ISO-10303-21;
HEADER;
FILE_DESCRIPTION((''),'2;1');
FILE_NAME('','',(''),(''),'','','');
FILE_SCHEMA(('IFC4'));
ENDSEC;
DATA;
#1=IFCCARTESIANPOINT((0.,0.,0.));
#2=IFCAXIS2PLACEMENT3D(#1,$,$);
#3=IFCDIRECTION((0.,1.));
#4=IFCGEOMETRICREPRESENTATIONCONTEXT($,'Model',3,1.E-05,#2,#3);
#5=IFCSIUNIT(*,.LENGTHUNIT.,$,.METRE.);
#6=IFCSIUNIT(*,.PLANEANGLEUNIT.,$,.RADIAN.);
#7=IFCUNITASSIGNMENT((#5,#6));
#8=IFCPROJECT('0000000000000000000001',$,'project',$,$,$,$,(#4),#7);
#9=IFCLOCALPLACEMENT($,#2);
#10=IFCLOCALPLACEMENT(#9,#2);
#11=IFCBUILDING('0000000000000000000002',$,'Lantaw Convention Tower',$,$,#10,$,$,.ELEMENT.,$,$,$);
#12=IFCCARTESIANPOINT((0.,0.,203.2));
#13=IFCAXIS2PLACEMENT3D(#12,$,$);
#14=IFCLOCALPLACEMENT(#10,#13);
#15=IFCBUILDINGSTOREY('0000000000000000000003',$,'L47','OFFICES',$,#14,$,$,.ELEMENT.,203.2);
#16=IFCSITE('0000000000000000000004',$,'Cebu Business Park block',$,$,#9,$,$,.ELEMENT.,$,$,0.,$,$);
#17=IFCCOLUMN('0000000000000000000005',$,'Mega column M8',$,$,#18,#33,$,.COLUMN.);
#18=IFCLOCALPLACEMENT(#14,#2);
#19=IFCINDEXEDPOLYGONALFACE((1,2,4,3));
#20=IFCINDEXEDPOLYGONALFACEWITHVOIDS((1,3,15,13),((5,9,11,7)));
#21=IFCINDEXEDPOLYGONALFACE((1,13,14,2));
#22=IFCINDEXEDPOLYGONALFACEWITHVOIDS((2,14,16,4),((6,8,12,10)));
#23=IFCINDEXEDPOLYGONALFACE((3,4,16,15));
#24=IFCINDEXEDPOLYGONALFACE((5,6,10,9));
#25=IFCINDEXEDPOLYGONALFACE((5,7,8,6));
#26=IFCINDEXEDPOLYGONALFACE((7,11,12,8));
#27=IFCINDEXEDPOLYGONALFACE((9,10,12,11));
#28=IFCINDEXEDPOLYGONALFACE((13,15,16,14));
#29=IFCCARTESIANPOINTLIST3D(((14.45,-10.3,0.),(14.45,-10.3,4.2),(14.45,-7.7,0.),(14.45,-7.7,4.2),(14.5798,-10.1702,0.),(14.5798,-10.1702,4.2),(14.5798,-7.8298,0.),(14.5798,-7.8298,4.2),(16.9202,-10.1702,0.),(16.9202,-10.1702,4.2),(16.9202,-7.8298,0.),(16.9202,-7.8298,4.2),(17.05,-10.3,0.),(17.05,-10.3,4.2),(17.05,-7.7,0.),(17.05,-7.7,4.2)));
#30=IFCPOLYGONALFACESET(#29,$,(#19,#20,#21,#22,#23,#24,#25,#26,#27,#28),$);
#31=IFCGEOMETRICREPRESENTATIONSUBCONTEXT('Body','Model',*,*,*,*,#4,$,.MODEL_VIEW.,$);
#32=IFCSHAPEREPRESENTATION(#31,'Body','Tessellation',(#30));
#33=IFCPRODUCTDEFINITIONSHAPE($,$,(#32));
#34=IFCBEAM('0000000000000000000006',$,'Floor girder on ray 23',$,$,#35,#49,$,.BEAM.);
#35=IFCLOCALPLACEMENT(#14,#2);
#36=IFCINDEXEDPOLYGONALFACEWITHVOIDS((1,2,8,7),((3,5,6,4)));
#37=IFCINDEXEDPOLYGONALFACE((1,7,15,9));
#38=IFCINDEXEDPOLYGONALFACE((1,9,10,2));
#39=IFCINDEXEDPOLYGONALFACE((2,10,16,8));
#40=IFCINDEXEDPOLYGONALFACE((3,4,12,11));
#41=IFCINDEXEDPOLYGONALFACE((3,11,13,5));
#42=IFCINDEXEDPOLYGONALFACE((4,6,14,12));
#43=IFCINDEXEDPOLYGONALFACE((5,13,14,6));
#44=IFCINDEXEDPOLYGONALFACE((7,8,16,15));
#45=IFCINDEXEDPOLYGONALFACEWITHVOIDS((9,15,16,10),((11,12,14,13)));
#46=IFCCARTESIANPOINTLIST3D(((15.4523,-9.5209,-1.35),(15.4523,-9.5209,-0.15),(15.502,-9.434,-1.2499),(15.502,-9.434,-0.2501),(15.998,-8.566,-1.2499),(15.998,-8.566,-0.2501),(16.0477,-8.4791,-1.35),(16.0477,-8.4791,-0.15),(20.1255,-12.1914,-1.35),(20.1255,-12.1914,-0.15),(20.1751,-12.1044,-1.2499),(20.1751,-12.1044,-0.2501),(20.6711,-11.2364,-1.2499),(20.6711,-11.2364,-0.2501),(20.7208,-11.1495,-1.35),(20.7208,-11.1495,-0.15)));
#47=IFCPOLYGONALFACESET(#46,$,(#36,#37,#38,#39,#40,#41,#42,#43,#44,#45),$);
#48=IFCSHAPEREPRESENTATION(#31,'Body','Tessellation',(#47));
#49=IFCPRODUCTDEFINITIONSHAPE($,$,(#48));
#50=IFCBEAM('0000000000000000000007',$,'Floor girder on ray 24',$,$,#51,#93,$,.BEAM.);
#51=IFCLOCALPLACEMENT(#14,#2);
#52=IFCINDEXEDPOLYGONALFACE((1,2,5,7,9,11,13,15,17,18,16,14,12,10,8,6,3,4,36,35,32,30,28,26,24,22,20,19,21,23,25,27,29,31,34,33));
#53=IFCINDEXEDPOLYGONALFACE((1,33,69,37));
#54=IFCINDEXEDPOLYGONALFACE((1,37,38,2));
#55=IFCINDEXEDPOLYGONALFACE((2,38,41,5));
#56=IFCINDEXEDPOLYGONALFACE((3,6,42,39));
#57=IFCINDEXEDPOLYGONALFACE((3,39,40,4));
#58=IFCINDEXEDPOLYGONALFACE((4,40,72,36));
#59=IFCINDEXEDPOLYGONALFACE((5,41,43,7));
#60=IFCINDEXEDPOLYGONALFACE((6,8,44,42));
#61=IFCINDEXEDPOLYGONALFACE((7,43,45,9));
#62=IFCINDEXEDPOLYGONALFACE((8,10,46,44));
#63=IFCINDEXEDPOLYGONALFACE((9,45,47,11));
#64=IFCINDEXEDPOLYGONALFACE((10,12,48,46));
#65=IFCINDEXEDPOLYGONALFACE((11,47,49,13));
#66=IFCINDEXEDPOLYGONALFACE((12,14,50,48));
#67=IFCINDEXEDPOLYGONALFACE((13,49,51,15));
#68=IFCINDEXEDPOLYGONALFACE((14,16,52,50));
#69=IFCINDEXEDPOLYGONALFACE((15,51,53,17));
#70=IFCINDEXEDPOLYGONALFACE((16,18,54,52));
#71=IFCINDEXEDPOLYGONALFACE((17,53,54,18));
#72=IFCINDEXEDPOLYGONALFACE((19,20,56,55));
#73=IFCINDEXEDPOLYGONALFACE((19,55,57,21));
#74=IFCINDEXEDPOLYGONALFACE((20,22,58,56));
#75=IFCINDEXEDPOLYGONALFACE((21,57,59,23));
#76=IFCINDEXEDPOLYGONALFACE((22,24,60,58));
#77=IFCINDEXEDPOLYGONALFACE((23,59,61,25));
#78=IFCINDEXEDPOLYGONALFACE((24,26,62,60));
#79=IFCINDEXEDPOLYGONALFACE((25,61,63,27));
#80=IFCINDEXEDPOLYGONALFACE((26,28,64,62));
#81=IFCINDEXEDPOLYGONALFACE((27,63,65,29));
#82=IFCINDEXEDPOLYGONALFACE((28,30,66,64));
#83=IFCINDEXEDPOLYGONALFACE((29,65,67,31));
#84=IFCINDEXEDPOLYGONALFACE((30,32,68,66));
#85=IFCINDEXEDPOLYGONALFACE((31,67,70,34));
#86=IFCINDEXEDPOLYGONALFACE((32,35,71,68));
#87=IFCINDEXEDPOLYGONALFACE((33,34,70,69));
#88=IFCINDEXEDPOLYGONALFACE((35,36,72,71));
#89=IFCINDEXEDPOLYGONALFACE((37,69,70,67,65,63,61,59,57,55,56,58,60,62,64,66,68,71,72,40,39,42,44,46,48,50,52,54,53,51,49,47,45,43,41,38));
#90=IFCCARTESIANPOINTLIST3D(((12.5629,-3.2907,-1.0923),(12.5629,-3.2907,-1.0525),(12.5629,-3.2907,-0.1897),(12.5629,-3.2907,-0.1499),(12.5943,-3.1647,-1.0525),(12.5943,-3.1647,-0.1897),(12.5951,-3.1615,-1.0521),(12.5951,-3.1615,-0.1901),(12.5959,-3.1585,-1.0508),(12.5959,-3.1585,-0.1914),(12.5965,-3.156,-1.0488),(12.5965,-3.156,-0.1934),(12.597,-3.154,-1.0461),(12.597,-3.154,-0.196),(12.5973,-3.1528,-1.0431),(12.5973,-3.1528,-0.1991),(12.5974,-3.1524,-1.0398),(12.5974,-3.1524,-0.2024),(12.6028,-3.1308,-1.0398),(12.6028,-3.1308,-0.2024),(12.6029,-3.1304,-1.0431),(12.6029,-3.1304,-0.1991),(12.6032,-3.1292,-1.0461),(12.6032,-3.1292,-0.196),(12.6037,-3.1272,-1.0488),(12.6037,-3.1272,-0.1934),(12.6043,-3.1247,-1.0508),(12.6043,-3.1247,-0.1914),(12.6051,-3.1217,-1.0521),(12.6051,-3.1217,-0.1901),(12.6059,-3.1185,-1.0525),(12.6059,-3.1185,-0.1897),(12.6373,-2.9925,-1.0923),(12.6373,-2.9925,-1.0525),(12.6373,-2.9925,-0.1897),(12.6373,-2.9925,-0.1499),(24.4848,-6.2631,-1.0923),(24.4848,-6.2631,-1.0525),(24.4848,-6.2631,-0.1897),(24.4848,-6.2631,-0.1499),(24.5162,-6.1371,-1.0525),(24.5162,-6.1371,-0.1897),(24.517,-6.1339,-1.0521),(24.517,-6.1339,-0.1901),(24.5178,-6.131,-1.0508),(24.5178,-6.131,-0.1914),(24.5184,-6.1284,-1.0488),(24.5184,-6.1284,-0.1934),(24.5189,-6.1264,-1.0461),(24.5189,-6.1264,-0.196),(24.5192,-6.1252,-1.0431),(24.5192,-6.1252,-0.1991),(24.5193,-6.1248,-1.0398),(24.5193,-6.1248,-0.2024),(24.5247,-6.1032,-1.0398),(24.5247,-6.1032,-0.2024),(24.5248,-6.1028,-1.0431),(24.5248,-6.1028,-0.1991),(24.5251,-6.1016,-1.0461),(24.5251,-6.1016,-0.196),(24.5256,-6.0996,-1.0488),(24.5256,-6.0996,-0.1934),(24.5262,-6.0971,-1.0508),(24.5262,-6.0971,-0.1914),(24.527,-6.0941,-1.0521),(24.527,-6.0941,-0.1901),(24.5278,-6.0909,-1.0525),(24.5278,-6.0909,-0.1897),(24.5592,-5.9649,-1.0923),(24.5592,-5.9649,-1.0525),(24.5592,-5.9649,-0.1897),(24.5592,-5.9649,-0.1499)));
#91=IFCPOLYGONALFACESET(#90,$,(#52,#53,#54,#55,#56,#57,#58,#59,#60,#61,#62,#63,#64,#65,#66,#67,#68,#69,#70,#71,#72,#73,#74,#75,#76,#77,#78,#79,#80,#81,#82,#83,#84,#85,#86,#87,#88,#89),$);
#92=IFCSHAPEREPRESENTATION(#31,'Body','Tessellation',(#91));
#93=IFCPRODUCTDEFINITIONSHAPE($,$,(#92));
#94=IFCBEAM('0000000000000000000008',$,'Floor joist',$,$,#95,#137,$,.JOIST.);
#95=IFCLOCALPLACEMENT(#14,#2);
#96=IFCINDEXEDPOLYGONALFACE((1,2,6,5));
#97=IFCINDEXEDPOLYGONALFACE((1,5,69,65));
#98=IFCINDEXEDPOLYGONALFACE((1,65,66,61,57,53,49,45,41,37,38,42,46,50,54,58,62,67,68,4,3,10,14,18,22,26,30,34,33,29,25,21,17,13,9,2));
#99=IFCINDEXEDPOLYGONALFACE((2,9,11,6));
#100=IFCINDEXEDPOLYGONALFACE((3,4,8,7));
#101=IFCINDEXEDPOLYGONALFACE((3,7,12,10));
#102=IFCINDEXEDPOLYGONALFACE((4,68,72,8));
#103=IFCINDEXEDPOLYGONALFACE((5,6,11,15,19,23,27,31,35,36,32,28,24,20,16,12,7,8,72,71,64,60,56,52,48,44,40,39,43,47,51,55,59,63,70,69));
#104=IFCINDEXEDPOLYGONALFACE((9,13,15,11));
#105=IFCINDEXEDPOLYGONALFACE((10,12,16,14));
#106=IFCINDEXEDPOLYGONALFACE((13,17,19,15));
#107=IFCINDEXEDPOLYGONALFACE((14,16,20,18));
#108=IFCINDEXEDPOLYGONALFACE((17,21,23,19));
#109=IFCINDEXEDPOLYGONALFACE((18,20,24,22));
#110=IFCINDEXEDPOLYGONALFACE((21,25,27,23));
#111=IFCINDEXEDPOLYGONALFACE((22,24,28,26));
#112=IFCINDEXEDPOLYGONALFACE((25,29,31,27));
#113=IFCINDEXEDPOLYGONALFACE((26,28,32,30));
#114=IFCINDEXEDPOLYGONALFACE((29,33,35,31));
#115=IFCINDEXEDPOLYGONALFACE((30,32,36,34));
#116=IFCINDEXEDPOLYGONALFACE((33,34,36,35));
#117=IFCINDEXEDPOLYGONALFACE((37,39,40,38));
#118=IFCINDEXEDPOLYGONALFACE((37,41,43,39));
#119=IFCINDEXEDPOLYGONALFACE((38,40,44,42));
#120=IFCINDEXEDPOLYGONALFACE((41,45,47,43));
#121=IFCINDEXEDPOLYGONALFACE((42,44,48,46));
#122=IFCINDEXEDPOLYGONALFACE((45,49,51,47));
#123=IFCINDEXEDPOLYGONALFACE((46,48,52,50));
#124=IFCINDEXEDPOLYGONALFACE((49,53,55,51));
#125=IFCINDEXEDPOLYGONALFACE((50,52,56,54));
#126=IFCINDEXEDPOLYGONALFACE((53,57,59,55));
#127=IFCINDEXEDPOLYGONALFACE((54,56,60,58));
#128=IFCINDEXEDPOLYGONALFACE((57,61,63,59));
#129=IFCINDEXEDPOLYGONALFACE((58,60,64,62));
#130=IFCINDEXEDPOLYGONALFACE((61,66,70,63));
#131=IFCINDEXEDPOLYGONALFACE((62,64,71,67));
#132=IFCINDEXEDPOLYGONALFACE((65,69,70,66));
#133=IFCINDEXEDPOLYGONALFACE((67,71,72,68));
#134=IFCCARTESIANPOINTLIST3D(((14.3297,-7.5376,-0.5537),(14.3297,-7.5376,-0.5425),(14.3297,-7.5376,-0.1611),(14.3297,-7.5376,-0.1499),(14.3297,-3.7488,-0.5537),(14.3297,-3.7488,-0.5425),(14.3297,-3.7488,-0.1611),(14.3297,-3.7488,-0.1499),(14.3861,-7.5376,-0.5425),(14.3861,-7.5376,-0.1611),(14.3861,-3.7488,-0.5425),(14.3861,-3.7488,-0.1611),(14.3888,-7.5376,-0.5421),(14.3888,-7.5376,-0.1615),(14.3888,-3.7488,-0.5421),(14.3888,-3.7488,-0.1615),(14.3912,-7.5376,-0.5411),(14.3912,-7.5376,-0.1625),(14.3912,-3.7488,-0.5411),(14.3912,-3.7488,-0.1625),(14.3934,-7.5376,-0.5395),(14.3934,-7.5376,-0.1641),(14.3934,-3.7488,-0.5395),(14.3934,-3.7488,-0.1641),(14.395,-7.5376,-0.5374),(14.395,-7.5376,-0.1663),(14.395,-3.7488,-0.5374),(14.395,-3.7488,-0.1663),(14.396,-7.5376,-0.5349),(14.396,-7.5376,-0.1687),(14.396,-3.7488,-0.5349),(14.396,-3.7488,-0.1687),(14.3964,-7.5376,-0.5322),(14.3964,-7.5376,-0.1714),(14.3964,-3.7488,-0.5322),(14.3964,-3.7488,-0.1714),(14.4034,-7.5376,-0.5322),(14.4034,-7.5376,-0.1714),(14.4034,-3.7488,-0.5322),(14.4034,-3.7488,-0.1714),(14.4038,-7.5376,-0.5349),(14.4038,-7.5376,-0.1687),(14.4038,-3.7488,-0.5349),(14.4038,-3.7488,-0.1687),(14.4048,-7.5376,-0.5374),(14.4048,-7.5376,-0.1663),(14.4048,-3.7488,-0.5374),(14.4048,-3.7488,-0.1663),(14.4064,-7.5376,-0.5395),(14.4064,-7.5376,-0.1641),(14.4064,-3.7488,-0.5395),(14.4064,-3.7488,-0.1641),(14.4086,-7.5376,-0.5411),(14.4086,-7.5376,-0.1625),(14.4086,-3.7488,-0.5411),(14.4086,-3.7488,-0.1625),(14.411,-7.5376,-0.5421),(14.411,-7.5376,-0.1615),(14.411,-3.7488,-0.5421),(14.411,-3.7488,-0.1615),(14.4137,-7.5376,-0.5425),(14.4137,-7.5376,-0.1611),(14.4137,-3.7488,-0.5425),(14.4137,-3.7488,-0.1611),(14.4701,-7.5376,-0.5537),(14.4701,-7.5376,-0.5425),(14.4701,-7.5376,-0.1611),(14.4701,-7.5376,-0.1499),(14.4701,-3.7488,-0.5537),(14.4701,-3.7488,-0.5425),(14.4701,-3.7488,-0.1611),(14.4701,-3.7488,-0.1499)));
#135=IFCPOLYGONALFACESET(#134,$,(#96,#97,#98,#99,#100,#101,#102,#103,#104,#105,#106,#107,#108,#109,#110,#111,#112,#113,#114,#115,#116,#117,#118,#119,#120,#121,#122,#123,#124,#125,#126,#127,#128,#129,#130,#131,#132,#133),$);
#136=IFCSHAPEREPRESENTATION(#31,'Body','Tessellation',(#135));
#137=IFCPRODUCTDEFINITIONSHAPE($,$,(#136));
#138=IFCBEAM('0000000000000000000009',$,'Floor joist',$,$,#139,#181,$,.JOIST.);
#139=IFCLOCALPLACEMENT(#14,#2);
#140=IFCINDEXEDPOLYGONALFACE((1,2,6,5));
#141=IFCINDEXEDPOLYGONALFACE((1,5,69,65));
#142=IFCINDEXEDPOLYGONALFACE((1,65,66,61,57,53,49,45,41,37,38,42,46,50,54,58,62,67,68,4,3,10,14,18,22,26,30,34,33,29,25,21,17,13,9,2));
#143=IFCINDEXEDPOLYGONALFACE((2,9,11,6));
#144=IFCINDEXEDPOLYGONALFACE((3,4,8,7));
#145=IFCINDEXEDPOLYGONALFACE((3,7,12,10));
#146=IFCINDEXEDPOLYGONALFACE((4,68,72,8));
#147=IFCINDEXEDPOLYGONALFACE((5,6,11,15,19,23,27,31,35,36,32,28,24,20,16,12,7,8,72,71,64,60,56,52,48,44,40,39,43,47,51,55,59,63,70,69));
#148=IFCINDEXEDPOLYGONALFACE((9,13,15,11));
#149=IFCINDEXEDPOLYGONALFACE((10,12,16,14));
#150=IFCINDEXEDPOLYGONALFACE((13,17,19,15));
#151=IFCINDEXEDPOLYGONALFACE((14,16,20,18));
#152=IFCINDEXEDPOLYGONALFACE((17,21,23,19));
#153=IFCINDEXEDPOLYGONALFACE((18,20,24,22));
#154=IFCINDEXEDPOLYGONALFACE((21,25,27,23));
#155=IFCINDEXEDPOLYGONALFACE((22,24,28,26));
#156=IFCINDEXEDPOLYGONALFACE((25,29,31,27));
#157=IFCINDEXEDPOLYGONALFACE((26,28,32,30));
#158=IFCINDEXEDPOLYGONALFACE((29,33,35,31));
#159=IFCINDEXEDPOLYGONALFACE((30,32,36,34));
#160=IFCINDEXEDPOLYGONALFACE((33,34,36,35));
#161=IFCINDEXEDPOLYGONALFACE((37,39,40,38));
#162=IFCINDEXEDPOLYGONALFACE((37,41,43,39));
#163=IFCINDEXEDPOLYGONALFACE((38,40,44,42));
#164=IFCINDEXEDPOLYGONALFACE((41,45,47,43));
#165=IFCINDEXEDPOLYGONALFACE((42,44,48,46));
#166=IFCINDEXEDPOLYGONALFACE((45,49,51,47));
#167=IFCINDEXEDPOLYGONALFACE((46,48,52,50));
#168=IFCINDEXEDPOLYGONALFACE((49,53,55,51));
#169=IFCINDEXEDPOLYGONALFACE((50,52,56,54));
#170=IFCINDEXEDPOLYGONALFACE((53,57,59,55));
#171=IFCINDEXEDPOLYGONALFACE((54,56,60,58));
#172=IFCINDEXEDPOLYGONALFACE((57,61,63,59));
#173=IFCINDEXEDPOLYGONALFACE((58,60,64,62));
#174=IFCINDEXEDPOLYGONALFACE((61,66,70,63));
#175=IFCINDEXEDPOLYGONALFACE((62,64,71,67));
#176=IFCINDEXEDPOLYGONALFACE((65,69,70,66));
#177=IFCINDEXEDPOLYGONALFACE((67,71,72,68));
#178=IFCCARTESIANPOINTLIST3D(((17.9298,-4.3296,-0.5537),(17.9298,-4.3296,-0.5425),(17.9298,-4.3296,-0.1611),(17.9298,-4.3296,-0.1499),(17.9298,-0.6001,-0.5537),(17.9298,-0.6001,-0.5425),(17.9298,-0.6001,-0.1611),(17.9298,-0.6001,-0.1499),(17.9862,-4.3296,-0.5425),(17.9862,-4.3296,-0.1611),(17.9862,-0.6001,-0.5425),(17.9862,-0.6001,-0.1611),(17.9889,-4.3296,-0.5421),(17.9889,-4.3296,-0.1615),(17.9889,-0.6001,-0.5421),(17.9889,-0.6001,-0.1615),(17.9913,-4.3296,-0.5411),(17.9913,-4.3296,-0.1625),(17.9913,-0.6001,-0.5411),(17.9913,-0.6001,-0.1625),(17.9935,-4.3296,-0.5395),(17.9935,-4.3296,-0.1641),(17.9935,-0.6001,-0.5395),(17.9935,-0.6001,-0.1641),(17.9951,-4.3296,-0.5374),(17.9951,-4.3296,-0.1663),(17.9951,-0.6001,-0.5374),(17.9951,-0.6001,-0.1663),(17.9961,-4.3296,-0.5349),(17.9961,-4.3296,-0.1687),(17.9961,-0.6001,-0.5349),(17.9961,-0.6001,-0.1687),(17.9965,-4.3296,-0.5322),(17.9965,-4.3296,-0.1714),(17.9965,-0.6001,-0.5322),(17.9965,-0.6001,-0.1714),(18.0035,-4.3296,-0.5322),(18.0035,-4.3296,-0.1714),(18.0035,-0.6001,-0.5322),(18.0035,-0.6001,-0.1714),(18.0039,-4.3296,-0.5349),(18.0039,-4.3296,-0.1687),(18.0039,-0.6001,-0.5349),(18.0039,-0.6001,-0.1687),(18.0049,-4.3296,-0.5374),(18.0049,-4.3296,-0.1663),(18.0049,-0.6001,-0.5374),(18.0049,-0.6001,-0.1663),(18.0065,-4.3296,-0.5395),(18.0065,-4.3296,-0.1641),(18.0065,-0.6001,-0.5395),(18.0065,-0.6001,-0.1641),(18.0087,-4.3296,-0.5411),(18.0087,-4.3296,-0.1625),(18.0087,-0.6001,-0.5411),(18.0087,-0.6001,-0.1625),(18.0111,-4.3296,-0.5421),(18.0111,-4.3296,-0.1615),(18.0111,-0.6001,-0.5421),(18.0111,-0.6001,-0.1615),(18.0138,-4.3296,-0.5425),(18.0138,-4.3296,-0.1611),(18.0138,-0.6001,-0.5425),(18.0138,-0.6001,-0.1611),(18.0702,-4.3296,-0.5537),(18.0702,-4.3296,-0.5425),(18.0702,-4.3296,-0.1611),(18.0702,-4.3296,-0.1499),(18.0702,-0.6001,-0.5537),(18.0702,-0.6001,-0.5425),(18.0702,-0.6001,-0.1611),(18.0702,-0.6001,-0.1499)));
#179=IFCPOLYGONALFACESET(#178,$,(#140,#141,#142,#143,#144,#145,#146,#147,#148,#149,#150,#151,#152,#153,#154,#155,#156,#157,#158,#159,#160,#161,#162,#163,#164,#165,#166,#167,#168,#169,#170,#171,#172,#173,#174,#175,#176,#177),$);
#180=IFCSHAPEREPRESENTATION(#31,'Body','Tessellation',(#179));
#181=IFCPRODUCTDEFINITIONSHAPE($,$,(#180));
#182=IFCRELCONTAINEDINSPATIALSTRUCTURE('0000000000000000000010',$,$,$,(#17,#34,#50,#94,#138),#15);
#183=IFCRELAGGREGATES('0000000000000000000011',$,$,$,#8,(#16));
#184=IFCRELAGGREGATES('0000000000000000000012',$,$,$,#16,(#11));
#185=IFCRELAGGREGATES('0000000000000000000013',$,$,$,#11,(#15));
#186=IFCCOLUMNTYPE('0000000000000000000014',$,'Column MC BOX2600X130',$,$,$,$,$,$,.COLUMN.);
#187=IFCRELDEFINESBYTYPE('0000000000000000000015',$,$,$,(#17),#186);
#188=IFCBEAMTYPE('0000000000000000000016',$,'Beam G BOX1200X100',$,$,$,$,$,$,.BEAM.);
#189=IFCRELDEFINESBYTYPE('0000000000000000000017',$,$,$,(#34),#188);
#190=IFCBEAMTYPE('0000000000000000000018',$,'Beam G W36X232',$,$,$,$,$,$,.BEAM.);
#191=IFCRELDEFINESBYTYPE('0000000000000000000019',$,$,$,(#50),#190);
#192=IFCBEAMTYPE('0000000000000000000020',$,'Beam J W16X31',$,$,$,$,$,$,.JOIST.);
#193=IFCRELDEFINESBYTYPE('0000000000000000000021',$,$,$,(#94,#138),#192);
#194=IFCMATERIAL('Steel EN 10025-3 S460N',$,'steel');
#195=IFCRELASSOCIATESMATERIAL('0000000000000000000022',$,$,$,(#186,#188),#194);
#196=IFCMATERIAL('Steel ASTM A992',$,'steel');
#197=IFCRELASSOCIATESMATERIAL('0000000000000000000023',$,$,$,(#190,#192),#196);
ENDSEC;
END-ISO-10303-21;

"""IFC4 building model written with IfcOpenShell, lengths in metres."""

from ifc_helpers import new_model, si_unit, direction, frame, origin, origin_2d, place, context, subcontext, project, spatial, rectangle, hollow_rectangle, i_section, extrude, material, material_profile, profile_set, type_object, element, save


model = new_model("IFC4")

# Units and contexts
model_context = context("Model", 3, precision=1e-05, world=origin(), true_north=direction((0.0, 1.0)))
body_context = subcontext(model_context, "Body", "Model", "MODEL_VIEW")
ifc_project = project(units=[si_unit("LENGTHUNIT", "METRE"), si_unit("PLANEANGLEUNIT", "RADIAN")], contexts=[model_context])

# Site, building, storey
site_placement = place(None, origin())
site = spatial("IfcSite", under=ifc_project, at=site_placement, Name="Cebu Business Park block", CompositionType="ELEMENT", RefElevation=0.0)
building_placement = place(site_placement, origin())
building = spatial("IfcBuilding", under=site, at=building_placement, Name="Lantaw Convention Tower", CompositionType="ELEMENT")
storey_placement = place(building_placement, frame((0.0, 0.0, 203.2)))
storey = spatial("IfcBuildingStorey", under=building, at=storey_placement, Name="L47", Description="OFFICES", CompositionType="ELEMENT", Elevation=203.2)

# Column
ifc_material_1 = material(Name="Steel EN 10025-3 S460N", Category="steel")
ifc_material_profile_1 = material_profile(ifc_material_1, hollow_rectangle(XDim=2.6001, YDim=2.6001, WallThickness=0.1299, at=origin_2d()), Name="BOX2600X130")
ifc_material_2 = material(Name="Concrete C60/75", Category="concrete")
ifc_material_profile_2 = material_profile(ifc_material_2, rectangle(XDim=2.3401, YDim=2.3401, at=origin_2d()), Name="Concrete fill of BOX2600X130")
ifc_profile_set_1 = profile_set([ifc_material_profile_1, ifc_material_profile_2], Name="Steel EN 10025-3 S460N")
column_type = type_object("IfcColumnType", Name="Column MC BOX2600X130", PredefinedType="COLUMN", material=ifc_profile_set_1)
column_placement = place(storey_placement, frame((15.75, -9.0, 0.0), z_axis=(0.0, 0.0, 1.0), x_axis=(1.0, 0.0, 0.0)))
element("IfcColumn", 1, at=column_placement, inside=storey, type_object=column_type, Name="Mega column M8", PredefinedType="COLUMN", context=body_context, shape_type="SweptSolid", body=[
    extrude(hollow_rectangle(XDim=2.6001, YDim=2.6001, WallThickness=0.1299, at=origin_2d()), origin(), (0.0, 0.0, 1.0), 4.2),
])

# Beams
ifc_material_profile_3 = material_profile(ifc_material_1, hollow_rectangle(XDim=1.2, YDim=1.2, WallThickness=0.1001, at=origin_2d()), Name="BOX1200X100")
ifc_profile_set_2 = profile_set([ifc_material_profile_3], Name="Steel EN 10025-3 S460N")
beam_type_1 = type_object("IfcBeamType", Name="Beam G BOX1200X100", PredefinedType="BEAM", material=ifc_profile_set_2)
beam_1_placement = place(storey_placement, frame((15.75, -9.0, -0.75), z_axis=(0.868238, -0.496149, 0.0), x_axis=(0.496149, 0.868238, 0.0)))
element("IfcBeam", 2, at=beam_1_placement, inside=storey, type_object=beam_type_1, Name="Floor girder on ray 23", PredefinedType="BEAM", context=body_context, shape_type="SweptSolid", body=[
    extrude(hollow_rectangle(XDim=1.2, YDim=1.2, WallThickness=0.1001, at=origin_2d()), origin(), (0.0, 0.0, 1.0), 5.3823),
])
ifc_material_3 = material(Name="Steel ASTM A992", Category="steel")
ifc_material_profile_4 = material_profile(ifc_material_3, i_section(OverallWidth=0.3074, OverallDepth=0.9424, WebThickness=0.0222, FlangeThickness=0.0398, FilletRadius=0.0127, at=origin_2d()), Name="W36X232")
ifc_profile_set_3 = profile_set([ifc_material_profile_4], Name="Steel ASTM A992")
beam_type_2 = type_object("IfcBeamType", Name="Beam G W36X232", PredefinedType="BEAM", material=ifc_profile_set_3)
beam_2_placement = place(storey_placement, frame((12.6001, -3.1416, -0.6211), z_axis=(0.970297, -0.241918, 0.0), x_axis=(0.241918, 0.970297, 0.0)))
element("IfcBeam", 3, at=beam_2_placement, inside=storey, type_object=beam_type_2, Name="Floor girder on ray 24", PredefinedType="BEAM", context=body_context, shape_type="SweptSolid", body=[
    extrude(i_section(OverallWidth=0.3074, OverallDepth=0.9424, WebThickness=0.0222, FlangeThickness=0.0398, FilletRadius=0.0127, at=origin_2d()), origin(), (0.0, 0.0, 1.0), 12.2869),
])
ifc_material_profile_5 = material_profile(ifc_material_3, i_section(OverallWidth=0.1404, OverallDepth=0.4038, WebThickness=0.0071, FlangeThickness=0.0112, FilletRadius=0.0103, at=origin_2d()), Name="W16X31")
ifc_profile_set_4 = profile_set([ifc_material_profile_5], Name="Steel ASTM A992")
beam_type_3 = type_object("IfcBeamType", Name="Beam J W16X31", PredefinedType="JOIST", material=ifc_profile_set_4)
beam_3_placement = place(storey_placement, frame((14.3999, -7.5376, -0.3518), z_axis=(0.0, 1.0, 0.0), x_axis=(-1.0, 0.0, 0.0)))
element("IfcBeam", 4, at=beam_3_placement, inside=storey, type_object=beam_type_3, Name="Floor joist", PredefinedType="JOIST", context=body_context, shape_type="SweptSolid", body=[
    extrude(i_section(OverallWidth=0.1404, OverallDepth=0.4038, WebThickness=0.0071, FlangeThickness=0.0112, FilletRadius=0.0103, at=origin_2d()), origin(), (0.0, 0.0, 1.0), 3.7888),
])
beam_4_placement = place(storey_placement, frame((18.0, -4.3296, -0.3518), z_axis=(0.0, 1.0, 0.0), x_axis=(-1.0, 0.0, 0.0)))
element("IfcBeam", 5, at=beam_4_placement, inside=storey, type_object=beam_type_3, Name="Floor joist", PredefinedType="JOIST", context=body_context, shape_type="SweptSolid", body=[
    extrude(i_section(OverallWidth=0.1404, OverallDepth=0.4038, WebThickness=0.0071, FlangeThickness=0.0112, FilletRadius=0.0103, at=origin_2d()), origin(), (0.0, 0.0, 1.0), 3.7295),
])

save(model, "model.ifc")
